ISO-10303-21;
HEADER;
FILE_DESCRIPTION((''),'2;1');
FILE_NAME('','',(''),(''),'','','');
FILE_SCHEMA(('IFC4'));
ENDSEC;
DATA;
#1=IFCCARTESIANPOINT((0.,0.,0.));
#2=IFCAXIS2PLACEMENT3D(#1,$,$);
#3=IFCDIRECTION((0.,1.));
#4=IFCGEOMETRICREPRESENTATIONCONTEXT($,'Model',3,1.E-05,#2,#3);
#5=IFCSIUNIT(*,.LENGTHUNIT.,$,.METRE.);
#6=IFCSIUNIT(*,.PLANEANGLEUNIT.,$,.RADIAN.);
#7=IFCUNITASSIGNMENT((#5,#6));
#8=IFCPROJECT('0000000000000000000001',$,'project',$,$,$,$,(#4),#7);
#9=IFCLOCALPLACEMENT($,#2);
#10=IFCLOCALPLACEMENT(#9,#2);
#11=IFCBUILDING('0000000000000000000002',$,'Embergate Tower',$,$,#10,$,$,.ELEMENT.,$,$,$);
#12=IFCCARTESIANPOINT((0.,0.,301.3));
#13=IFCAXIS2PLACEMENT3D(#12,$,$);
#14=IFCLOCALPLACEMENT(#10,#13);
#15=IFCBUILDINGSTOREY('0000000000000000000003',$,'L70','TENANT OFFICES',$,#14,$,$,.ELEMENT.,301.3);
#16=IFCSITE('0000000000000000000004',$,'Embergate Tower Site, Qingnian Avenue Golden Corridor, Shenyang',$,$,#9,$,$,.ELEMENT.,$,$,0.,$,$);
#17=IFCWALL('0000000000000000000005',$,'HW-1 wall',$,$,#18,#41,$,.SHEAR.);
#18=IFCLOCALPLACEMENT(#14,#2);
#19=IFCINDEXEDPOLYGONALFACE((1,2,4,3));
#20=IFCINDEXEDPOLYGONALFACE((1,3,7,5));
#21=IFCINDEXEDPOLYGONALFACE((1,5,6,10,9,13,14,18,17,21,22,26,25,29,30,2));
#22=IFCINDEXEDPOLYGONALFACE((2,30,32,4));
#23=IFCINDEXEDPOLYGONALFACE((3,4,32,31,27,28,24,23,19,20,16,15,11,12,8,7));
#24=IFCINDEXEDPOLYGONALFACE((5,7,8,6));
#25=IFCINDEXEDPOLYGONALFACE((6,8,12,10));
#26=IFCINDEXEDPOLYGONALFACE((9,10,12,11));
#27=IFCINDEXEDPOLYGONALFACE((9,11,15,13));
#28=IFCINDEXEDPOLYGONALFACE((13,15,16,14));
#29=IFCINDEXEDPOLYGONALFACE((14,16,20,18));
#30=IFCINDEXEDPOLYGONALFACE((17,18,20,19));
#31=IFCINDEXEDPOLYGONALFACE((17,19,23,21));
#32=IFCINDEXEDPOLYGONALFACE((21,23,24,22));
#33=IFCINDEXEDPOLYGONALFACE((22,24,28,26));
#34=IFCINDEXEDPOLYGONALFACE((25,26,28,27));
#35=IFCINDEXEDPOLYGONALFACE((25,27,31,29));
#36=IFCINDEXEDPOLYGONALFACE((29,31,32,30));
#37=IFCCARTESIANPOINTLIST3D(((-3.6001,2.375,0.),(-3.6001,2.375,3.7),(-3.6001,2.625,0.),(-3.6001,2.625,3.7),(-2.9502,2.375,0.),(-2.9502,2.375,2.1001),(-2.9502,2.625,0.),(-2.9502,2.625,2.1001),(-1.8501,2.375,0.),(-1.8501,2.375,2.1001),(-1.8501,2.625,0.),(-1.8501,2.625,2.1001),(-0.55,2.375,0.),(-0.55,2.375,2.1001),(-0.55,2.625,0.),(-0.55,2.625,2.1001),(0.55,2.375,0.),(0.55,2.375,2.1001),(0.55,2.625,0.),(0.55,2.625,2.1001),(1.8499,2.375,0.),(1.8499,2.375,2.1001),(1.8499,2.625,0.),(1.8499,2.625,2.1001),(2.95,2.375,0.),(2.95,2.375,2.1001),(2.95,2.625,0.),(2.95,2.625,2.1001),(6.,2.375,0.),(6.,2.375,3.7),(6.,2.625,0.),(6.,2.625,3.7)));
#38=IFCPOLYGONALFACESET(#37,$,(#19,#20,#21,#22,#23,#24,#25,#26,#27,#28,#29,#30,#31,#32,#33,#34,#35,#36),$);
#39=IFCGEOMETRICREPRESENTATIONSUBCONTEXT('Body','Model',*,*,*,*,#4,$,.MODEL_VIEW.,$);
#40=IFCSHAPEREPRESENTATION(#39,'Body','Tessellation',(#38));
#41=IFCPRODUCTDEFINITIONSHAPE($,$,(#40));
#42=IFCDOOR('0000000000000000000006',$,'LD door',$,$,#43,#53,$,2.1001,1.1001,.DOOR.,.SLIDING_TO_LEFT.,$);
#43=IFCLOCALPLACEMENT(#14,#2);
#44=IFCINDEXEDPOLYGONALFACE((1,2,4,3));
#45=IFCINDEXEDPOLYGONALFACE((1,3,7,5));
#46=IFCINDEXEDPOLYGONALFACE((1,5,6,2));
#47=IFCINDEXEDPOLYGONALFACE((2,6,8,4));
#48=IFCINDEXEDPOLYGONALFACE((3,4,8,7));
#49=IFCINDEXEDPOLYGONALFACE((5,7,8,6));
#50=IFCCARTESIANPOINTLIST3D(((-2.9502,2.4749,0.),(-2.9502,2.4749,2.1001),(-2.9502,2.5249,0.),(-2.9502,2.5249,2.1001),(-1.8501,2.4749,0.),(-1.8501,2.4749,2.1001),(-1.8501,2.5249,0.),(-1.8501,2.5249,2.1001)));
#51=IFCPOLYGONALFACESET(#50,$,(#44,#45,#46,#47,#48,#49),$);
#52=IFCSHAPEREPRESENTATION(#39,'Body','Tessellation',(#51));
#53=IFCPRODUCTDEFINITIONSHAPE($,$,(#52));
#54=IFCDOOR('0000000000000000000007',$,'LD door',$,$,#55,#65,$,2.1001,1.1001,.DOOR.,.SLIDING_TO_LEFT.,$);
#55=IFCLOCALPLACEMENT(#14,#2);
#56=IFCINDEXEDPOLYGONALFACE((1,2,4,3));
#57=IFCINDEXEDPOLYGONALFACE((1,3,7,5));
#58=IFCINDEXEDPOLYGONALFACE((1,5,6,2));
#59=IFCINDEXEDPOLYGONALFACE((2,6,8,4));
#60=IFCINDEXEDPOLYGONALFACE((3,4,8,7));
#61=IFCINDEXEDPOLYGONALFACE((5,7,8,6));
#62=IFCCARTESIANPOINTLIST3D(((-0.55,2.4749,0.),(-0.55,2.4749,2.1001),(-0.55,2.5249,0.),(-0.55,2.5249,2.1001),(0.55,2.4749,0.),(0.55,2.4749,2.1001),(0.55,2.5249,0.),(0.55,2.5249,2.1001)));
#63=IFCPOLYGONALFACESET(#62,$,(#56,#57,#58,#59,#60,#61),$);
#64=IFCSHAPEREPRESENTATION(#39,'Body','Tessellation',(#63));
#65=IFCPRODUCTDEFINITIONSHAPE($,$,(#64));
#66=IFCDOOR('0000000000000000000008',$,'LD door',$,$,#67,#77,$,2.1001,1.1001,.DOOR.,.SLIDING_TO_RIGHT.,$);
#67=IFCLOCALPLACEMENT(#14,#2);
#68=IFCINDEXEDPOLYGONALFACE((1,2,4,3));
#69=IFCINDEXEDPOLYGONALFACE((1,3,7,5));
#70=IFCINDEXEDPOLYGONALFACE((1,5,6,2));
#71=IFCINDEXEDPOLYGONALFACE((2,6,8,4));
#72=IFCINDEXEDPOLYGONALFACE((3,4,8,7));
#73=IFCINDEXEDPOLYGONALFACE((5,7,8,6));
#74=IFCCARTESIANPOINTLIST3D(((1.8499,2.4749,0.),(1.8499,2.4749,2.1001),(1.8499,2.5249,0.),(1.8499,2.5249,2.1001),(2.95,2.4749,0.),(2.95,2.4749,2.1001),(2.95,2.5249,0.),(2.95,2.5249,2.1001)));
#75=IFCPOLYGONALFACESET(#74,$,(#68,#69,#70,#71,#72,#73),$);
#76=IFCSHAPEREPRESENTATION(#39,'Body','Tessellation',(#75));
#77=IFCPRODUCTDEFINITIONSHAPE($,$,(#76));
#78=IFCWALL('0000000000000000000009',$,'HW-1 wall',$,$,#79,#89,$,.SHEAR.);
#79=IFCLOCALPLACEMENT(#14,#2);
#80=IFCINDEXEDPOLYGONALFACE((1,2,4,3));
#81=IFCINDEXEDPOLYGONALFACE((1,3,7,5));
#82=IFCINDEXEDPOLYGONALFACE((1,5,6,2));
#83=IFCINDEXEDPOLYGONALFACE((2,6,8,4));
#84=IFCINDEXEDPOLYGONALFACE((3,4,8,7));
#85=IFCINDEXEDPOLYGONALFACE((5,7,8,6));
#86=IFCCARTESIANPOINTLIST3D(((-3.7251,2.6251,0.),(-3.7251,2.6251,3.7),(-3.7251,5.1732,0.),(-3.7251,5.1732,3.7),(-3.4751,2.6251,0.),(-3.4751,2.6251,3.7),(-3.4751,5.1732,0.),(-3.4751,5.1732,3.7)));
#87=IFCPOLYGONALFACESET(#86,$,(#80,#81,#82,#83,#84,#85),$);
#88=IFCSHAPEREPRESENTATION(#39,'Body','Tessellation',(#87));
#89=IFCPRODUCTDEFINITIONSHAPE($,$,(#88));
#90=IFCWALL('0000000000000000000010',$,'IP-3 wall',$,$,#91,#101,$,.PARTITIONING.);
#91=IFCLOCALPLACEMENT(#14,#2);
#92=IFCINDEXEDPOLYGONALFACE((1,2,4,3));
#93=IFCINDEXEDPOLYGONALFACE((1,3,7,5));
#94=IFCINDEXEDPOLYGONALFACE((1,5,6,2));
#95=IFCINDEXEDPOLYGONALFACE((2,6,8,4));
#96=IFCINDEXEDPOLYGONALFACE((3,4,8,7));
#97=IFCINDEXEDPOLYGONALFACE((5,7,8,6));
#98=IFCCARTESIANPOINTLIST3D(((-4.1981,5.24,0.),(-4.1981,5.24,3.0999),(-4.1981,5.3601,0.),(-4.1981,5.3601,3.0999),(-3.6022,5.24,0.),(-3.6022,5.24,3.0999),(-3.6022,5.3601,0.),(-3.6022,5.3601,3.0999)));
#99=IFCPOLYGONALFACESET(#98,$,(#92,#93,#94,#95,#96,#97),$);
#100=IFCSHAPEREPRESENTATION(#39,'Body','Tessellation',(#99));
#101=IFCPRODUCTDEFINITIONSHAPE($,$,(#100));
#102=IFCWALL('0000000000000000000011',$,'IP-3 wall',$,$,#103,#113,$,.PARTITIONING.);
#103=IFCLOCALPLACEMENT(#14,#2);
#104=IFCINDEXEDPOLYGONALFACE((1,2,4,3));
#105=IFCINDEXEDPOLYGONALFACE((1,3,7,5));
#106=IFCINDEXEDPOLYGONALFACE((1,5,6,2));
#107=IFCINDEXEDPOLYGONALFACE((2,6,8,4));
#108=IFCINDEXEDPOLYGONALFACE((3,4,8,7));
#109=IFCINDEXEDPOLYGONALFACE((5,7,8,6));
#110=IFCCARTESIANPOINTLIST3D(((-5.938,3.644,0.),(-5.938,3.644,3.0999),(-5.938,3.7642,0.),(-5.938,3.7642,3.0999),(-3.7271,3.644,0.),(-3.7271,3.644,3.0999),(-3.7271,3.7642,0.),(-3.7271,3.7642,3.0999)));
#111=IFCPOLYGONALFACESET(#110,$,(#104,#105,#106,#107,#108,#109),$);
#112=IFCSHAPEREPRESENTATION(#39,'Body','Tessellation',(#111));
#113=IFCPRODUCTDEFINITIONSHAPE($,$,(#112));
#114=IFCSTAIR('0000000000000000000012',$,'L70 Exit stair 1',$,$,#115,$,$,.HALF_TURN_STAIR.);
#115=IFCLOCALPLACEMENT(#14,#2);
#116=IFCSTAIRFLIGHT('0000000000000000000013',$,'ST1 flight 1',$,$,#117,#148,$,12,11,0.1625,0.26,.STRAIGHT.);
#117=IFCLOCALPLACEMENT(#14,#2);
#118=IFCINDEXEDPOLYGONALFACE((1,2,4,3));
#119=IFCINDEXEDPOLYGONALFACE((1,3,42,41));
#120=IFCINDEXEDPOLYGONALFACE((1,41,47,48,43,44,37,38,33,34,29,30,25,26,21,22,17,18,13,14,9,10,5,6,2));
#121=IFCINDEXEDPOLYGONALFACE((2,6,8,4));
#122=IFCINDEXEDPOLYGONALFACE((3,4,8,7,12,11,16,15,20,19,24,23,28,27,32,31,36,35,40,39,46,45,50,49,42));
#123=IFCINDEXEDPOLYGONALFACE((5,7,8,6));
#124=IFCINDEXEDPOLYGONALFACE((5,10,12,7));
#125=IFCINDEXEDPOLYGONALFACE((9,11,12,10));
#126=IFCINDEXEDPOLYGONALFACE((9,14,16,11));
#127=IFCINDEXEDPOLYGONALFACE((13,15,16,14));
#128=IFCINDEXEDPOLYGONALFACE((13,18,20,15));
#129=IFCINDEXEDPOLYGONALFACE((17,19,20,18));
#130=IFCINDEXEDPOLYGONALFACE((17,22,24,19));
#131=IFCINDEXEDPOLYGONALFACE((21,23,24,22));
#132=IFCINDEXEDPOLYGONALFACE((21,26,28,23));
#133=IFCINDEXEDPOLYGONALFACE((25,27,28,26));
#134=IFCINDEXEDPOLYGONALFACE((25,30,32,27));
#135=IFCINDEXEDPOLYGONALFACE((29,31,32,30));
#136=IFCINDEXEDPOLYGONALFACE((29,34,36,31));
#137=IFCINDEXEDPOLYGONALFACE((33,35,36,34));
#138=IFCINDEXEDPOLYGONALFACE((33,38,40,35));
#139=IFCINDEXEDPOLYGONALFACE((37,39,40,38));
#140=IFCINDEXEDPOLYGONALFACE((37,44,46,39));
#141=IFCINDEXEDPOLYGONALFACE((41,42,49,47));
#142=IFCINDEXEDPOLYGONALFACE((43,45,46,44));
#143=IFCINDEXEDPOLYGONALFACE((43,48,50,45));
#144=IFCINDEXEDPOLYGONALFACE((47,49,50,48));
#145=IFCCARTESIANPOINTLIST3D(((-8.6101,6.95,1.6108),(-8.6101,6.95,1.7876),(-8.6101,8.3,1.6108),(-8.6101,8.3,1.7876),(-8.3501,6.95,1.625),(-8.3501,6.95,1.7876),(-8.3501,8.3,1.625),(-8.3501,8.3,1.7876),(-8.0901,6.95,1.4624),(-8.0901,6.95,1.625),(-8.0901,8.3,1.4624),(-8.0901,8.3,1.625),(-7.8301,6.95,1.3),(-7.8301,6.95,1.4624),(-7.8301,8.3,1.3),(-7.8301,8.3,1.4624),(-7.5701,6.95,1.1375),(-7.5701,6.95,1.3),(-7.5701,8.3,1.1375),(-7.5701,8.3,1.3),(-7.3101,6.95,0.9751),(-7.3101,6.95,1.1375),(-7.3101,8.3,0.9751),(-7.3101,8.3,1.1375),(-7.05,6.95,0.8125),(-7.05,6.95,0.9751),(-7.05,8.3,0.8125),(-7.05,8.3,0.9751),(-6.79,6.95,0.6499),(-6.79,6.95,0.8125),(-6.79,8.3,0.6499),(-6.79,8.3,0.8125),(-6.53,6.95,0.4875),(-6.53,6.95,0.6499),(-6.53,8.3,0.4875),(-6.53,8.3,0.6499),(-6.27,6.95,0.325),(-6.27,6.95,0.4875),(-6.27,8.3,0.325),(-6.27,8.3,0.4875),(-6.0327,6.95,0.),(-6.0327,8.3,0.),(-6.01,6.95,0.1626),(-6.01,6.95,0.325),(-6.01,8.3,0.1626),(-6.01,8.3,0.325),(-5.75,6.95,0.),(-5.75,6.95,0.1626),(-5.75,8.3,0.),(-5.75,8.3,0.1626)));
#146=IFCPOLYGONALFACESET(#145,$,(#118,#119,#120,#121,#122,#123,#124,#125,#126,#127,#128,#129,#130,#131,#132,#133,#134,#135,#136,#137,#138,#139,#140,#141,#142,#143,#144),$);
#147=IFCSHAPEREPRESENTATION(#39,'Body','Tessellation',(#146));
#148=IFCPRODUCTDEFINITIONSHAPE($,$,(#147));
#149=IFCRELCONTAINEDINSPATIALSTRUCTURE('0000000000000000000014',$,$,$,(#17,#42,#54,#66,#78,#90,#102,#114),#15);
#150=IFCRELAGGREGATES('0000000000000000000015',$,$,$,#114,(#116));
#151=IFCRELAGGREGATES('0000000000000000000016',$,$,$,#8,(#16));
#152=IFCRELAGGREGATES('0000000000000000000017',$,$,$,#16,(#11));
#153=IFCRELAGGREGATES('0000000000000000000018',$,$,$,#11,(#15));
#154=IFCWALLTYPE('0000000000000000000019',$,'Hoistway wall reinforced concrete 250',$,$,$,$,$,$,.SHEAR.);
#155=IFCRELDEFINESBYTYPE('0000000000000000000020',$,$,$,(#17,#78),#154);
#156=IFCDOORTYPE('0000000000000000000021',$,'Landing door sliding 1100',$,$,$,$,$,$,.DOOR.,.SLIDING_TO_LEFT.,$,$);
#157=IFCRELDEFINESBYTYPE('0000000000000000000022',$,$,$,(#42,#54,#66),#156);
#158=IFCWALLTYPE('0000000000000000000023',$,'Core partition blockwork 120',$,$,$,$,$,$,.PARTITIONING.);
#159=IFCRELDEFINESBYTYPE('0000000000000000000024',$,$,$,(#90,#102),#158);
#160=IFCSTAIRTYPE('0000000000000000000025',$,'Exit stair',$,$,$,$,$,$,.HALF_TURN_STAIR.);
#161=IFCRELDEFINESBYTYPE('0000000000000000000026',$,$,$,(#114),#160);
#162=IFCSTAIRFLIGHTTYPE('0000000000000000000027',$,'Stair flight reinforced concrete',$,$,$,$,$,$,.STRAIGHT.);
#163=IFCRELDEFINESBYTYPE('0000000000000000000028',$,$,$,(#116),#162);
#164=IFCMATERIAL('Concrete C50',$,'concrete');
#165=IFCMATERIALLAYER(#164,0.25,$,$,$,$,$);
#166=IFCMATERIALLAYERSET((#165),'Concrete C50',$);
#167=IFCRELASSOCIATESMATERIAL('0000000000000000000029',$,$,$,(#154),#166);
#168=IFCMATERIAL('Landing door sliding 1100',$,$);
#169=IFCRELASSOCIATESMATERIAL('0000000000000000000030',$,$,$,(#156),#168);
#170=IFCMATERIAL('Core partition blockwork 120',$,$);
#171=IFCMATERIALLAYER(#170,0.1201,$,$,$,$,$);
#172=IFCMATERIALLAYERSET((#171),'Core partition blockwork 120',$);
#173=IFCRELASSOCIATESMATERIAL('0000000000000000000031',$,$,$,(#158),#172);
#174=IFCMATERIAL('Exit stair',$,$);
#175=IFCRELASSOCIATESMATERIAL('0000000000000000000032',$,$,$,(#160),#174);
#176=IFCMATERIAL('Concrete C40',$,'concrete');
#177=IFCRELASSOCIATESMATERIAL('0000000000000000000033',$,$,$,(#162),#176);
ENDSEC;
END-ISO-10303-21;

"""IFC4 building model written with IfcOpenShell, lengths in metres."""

from ifc_helpers import new_model, si_unit, direction, frame, frame_2d, origin, place, context, subcontext, project, spatial, polyline, rectangle, outline, extrude, source, transform, mapped, material, layer, layer_set, type_object, element, fill, aggregate, save


model = new_model("IFC4")

# Units and contexts
model_context = context("Model", 3, precision=1e-05, world=origin(), true_north=direction((0.0, 1.0)))
body_context = subcontext(model_context, "Body", "Model", "MODEL_VIEW")
ifc_project = project(units=[si_unit("LENGTHUNIT", "METRE"), si_unit("PLANEANGLEUNIT", "RADIAN")], contexts=[model_context])

# Site, building, storey
site_placement = place(None, origin())
site = spatial("IfcSite", under=ifc_project, at=site_placement, Name="Embergate Tower Site, Qingnian Avenue Golden Corridor, Shenyang", CompositionType="ELEMENT", RefElevation=0.0)
building_placement = place(site_placement, origin())
building = spatial("IfcBuilding", under=site, at=building_placement, Name="Embergate Tower", CompositionType="ELEMENT")
storey_placement = place(building_placement, frame((0.0, 0.0, 301.3)))
storey = spatial("IfcBuildingStorey", under=building, at=storey_placement, Name="L70", Description="TENANT OFFICES", CompositionType="ELEMENT", Elevation=301.3)

# Shared definitions
ifc_material_1 = material(Name="Concrete C50", Category="concrete")
ifc_layer_1 = layer(ifc_material_1, 0.25)
ifc_layer_set_1 = layer_set([ifc_layer_1], Name="Concrete C50")
wall_type_1 = type_object("IfcWallType", Name="Hoistway wall reinforced concrete 250", PredefinedType="SHEAR", material=ifc_layer_set_1)

# Shared definitions
shared_shape_1 = source(origin(), body_context, "Body", "SweptSolid", [
    extrude(rectangle(XDim=1.1001, YDim=2.1001, at=frame_2d((0.55, 1.05))), frame((0.0, 0.135, 0.0), z_axis=(0.0, -1.0, 0.0), x_axis=(1.0, 0.0, 0.0)), (0.0, 0.0, 1.0), 0.27),
])
ifc_material_2 = material(Name="Landing door sliding 1100")
door_type_1 = type_object("IfcDoorType", Name="Landing door sliding 1100", OperationType="SLIDING_TO_LEFT", PredefinedType="DOOR", material=ifc_material_2)
shared_shape_2 = source(origin(), body_context, "Body", "SweptSolid", [
    extrude(rectangle(XDim=1.1001, YDim=2.1001, at=frame_2d((0.55, 1.05))), frame((0.0, 0.0249, 0.0), z_axis=(0.0, -1.0, 0.0), x_axis=(1.0, 0.0, 0.0)), (0.0, 0.0, 1.0), 0.05),
])

# Shared definitions
ifc_material_3 = material(Name="Core partition blockwork 120")
ifc_layer_2 = layer(ifc_material_3, 0.1201)
ifc_layer_set_2 = layer_set([ifc_layer_2], Name="Core partition blockwork 120")
wall_type_2 = type_object("IfcWallType", Name="Core partition blockwork 120", PredefinedType="PARTITIONING", material=ifc_layer_set_2)

# Wall, openings, doors
shared_shape_3 = source(origin(), body_context, "Body", "SweptSolid", [
    extrude(rectangle(XDim=9.6001, YDim=0.25, at=frame_2d((4.8, 0.0))), origin(), (0.0, 0.0, 1.0), 3.7),
])
wall_1_placement = place(storey_placement, frame((-3.6001, 2.5, 0.0), z_axis=(0.0, 0.0, 1.0), x_axis=(1.0, 0.0, 0.0)))
wall_1 = element("IfcWall", 1, at=wall_1_placement, inside=storey, type_object=wall_type_1, Name="HW-1 wall", PredefinedType="SHEAR", context=body_context, shape_type="MappedRepresentation", body=[
    mapped(shared_shape_3, transform((0.0, 0.0, 0.0))),
])
opening_1_placement = place(wall_1_placement, frame((0.6499, 0.0, 0.0)))
opening_1 = element("IfcOpeningElement", 2, at=opening_1_placement, cuts=wall_1, PredefinedType="OPENING", context=body_context, shape_type="MappedRepresentation", body=[
    mapped(shared_shape_1, transform((0.0, 0.0, 0.0))),
])
opening_2_placement = place(wall_1_placement, frame((3.05, 0.0, 0.0)))
opening_2 = element("IfcOpeningElement", 3, at=opening_2_placement, cuts=wall_1, PredefinedType="OPENING", context=body_context, shape_type="MappedRepresentation", body=[
    mapped(shared_shape_1, transform((0.0, 0.0, 0.0))),
])
opening_3_placement = place(wall_1_placement, frame((5.45, 0.0, 0.0)))
opening_3 = element("IfcOpeningElement", 4, at=opening_3_placement, cuts=wall_1, PredefinedType="OPENING", context=body_context, shape_type="MappedRepresentation", body=[
    mapped(shared_shape_1, transform((0.0, 0.0, 0.0))),
])
door_1_placement = place(opening_1_placement, origin())
door_1 = element("IfcDoor", 5, at=door_1_placement, inside=storey, type_object=door_type_1, Name="LD door", OperationType="SLIDING_TO_LEFT", OverallHeight=2.1001, OverallWidth=1.1001, PredefinedType="DOOR", context=body_context, shape_type="MappedRepresentation", body=[
    mapped(shared_shape_2, transform((0.0, 0.0, 0.0))),
])
fill(opening_1, door_1)
door_2_placement = place(opening_2_placement, origin())
door_2 = element("IfcDoor", 6, at=door_2_placement, inside=storey, type_object=door_type_1, Name="LD door", OperationType="SLIDING_TO_LEFT", OverallHeight=2.1001, OverallWidth=1.1001, PredefinedType="DOOR", context=body_context, shape_type="MappedRepresentation", body=[
    mapped(shared_shape_2, transform((0.0, 0.0, 0.0))),
])
fill(opening_2, door_2)
door_3_placement = place(opening_3_placement, origin())
door_3 = element("IfcDoor", 7, at=door_3_placement, inside=storey, type_object=door_type_1, Name="LD door", OperationType="SLIDING_TO_RIGHT", OverallHeight=2.1001, OverallWidth=1.1001, PredefinedType="DOOR", context=body_context, shape_type="MappedRepresentation", body=[
    mapped(shared_shape_2, transform((0.0, 0.0, 0.0))),
])
fill(opening_3, door_3)

# Walls
shared_shape_4 = source(origin(), body_context, "Body", "SweptSolid", [
    extrude(rectangle(XDim=2.5481, YDim=0.25, at=frame_2d((1.2739, 0.0))), origin(), (0.0, 0.0, 1.0), 3.7),
])
wall_2_placement = place(storey_placement, frame((-3.6001, 5.1731, 0.0), z_axis=(0.0, 0.0, 1.0), x_axis=(0.0, -1.0, 0.0)))
element("IfcWall", 8, at=wall_2_placement, inside=storey, type_object=wall_type_1, Name="HW-1 wall", PredefinedType="SHEAR", context=body_context, shape_type="MappedRepresentation", body=[
    mapped(shared_shape_4, transform((0.0, 0.0, 0.0))),
])
shared_shape_5 = source(origin(), body_context, "Body", "SweptSolid", [
    extrude(rectangle(XDim=0.5959, YDim=0.1201, at=frame_2d((0.2979, 0.0))), origin(), (0.0, 0.0, 1.0), 3.0999),
])
wall_3_placement = place(storey_placement, frame((-4.198, 5.3, 0.0), z_axis=(0.0, 0.0, 1.0), x_axis=(1.0, 0.0, 0.0)))
element("IfcWall", 9, at=wall_3_placement, inside=storey, type_object=wall_type_2, Name="IP-3 wall", PredefinedType="PARTITIONING", context=body_context, shape_type="MappedRepresentation", body=[
    mapped(shared_shape_5, transform((0.0, 0.0, 0.0))),
])
shared_shape_6 = source(origin(), body_context, "Body", "SweptSolid", [
    extrude(rectangle(XDim=2.2109, YDim=0.1201, at=frame_2d((1.1055, 0.0))), origin(), (0.0, 0.0, 1.0), 3.0999),
])
wall_4_placement = place(storey_placement, frame((-3.7271, 3.7041, 0.0), z_axis=(0.0, 0.0, 1.0), x_axis=(-1.0, 0.0, 0.0)))
element("IfcWall", 10, at=wall_4_placement, inside=storey, type_object=wall_type_2, Name="IP-3 wall", PredefinedType="PARTITIONING", context=body_context, shape_type="MappedRepresentation", body=[
    mapped(shared_shape_6, transform((0.0, 0.0, 0.0))),
])

# Stair, stair flight
ifc_material_4 = material(Name="Exit stair")
stair_type = type_object("IfcStairType", Name="Exit stair", PredefinedType="HALF_TURN_STAIR", material=ifc_material_4)
stair_placement = place(storey_placement, origin())
stair = element("IfcStair", 11, at=stair_placement, inside=storey, type_object=stair_type, Name="L70 Exit stair 1", PredefinedType="HALF_TURN_STAIR")
ifc_material_5 = material(Name="Concrete C40", Category="concrete")
stair_flight_type = type_object("IfcStairFlightType", Name="Stair flight reinforced concrete", PredefinedType="STRAIGHT", material=ifc_material_5)
shared_shape_7 = source(origin(), body_context, "Body", "SweptSolid", [
    extrude(outline(polyline([(0.0, 0.0), (0.0, 0.1626), (0.26, 0.1626), (0.26, 0.325), (0.52, 0.325), (0.52, 0.4875), (0.78, 0.4875), (0.78, 0.6499), (1.04, 0.6499), (1.04, 0.8125), (1.3, 0.8125), (1.3, 0.9751), (1.5601, 0.9751), (1.5601, 1.1375), (1.8201, 1.1375), (1.8201, 1.3), (2.0801, 1.3), (2.0801, 1.4624), (2.3401, 1.4624), (2.3401, 1.625), (2.6001, 1.625), (2.6001, 1.7876), (2.8601, 1.7876), (2.8601, 1.95), (2.8601, 1.6108), (0.2827, 0.0), (0.0, 0.0)])), frame((0.0, 0.675, 0.0), z_axis=(0.0, -1.0, 0.0), x_axis=(1.0, 0.0, 0.0)), (0.0, 0.0, 1.0), 1.3501),
])
stair_flight_placement = place(storey_placement, frame((-5.75, 7.625, 0.0), z_axis=(0.0, 0.0, 1.0), x_axis=(-1.0, 0.0, 0.0)))
stair_flight = element("IfcStairFlight", 12, at=stair_flight_placement, type_object=stair_flight_type, Name="ST1 flight 1", NumberOfRisers=12, NumberOfTreads=11, PredefinedType="STRAIGHT", RiserHeight=0.1625, TreadLength=0.26, context=body_context, shape_type="MappedRepresentation", body=[
    mapped(shared_shape_7, transform((0.0, 0.0, 0.0))),
])
aggregate(stair, [stair_flight])

save(model, "model.ifc")
